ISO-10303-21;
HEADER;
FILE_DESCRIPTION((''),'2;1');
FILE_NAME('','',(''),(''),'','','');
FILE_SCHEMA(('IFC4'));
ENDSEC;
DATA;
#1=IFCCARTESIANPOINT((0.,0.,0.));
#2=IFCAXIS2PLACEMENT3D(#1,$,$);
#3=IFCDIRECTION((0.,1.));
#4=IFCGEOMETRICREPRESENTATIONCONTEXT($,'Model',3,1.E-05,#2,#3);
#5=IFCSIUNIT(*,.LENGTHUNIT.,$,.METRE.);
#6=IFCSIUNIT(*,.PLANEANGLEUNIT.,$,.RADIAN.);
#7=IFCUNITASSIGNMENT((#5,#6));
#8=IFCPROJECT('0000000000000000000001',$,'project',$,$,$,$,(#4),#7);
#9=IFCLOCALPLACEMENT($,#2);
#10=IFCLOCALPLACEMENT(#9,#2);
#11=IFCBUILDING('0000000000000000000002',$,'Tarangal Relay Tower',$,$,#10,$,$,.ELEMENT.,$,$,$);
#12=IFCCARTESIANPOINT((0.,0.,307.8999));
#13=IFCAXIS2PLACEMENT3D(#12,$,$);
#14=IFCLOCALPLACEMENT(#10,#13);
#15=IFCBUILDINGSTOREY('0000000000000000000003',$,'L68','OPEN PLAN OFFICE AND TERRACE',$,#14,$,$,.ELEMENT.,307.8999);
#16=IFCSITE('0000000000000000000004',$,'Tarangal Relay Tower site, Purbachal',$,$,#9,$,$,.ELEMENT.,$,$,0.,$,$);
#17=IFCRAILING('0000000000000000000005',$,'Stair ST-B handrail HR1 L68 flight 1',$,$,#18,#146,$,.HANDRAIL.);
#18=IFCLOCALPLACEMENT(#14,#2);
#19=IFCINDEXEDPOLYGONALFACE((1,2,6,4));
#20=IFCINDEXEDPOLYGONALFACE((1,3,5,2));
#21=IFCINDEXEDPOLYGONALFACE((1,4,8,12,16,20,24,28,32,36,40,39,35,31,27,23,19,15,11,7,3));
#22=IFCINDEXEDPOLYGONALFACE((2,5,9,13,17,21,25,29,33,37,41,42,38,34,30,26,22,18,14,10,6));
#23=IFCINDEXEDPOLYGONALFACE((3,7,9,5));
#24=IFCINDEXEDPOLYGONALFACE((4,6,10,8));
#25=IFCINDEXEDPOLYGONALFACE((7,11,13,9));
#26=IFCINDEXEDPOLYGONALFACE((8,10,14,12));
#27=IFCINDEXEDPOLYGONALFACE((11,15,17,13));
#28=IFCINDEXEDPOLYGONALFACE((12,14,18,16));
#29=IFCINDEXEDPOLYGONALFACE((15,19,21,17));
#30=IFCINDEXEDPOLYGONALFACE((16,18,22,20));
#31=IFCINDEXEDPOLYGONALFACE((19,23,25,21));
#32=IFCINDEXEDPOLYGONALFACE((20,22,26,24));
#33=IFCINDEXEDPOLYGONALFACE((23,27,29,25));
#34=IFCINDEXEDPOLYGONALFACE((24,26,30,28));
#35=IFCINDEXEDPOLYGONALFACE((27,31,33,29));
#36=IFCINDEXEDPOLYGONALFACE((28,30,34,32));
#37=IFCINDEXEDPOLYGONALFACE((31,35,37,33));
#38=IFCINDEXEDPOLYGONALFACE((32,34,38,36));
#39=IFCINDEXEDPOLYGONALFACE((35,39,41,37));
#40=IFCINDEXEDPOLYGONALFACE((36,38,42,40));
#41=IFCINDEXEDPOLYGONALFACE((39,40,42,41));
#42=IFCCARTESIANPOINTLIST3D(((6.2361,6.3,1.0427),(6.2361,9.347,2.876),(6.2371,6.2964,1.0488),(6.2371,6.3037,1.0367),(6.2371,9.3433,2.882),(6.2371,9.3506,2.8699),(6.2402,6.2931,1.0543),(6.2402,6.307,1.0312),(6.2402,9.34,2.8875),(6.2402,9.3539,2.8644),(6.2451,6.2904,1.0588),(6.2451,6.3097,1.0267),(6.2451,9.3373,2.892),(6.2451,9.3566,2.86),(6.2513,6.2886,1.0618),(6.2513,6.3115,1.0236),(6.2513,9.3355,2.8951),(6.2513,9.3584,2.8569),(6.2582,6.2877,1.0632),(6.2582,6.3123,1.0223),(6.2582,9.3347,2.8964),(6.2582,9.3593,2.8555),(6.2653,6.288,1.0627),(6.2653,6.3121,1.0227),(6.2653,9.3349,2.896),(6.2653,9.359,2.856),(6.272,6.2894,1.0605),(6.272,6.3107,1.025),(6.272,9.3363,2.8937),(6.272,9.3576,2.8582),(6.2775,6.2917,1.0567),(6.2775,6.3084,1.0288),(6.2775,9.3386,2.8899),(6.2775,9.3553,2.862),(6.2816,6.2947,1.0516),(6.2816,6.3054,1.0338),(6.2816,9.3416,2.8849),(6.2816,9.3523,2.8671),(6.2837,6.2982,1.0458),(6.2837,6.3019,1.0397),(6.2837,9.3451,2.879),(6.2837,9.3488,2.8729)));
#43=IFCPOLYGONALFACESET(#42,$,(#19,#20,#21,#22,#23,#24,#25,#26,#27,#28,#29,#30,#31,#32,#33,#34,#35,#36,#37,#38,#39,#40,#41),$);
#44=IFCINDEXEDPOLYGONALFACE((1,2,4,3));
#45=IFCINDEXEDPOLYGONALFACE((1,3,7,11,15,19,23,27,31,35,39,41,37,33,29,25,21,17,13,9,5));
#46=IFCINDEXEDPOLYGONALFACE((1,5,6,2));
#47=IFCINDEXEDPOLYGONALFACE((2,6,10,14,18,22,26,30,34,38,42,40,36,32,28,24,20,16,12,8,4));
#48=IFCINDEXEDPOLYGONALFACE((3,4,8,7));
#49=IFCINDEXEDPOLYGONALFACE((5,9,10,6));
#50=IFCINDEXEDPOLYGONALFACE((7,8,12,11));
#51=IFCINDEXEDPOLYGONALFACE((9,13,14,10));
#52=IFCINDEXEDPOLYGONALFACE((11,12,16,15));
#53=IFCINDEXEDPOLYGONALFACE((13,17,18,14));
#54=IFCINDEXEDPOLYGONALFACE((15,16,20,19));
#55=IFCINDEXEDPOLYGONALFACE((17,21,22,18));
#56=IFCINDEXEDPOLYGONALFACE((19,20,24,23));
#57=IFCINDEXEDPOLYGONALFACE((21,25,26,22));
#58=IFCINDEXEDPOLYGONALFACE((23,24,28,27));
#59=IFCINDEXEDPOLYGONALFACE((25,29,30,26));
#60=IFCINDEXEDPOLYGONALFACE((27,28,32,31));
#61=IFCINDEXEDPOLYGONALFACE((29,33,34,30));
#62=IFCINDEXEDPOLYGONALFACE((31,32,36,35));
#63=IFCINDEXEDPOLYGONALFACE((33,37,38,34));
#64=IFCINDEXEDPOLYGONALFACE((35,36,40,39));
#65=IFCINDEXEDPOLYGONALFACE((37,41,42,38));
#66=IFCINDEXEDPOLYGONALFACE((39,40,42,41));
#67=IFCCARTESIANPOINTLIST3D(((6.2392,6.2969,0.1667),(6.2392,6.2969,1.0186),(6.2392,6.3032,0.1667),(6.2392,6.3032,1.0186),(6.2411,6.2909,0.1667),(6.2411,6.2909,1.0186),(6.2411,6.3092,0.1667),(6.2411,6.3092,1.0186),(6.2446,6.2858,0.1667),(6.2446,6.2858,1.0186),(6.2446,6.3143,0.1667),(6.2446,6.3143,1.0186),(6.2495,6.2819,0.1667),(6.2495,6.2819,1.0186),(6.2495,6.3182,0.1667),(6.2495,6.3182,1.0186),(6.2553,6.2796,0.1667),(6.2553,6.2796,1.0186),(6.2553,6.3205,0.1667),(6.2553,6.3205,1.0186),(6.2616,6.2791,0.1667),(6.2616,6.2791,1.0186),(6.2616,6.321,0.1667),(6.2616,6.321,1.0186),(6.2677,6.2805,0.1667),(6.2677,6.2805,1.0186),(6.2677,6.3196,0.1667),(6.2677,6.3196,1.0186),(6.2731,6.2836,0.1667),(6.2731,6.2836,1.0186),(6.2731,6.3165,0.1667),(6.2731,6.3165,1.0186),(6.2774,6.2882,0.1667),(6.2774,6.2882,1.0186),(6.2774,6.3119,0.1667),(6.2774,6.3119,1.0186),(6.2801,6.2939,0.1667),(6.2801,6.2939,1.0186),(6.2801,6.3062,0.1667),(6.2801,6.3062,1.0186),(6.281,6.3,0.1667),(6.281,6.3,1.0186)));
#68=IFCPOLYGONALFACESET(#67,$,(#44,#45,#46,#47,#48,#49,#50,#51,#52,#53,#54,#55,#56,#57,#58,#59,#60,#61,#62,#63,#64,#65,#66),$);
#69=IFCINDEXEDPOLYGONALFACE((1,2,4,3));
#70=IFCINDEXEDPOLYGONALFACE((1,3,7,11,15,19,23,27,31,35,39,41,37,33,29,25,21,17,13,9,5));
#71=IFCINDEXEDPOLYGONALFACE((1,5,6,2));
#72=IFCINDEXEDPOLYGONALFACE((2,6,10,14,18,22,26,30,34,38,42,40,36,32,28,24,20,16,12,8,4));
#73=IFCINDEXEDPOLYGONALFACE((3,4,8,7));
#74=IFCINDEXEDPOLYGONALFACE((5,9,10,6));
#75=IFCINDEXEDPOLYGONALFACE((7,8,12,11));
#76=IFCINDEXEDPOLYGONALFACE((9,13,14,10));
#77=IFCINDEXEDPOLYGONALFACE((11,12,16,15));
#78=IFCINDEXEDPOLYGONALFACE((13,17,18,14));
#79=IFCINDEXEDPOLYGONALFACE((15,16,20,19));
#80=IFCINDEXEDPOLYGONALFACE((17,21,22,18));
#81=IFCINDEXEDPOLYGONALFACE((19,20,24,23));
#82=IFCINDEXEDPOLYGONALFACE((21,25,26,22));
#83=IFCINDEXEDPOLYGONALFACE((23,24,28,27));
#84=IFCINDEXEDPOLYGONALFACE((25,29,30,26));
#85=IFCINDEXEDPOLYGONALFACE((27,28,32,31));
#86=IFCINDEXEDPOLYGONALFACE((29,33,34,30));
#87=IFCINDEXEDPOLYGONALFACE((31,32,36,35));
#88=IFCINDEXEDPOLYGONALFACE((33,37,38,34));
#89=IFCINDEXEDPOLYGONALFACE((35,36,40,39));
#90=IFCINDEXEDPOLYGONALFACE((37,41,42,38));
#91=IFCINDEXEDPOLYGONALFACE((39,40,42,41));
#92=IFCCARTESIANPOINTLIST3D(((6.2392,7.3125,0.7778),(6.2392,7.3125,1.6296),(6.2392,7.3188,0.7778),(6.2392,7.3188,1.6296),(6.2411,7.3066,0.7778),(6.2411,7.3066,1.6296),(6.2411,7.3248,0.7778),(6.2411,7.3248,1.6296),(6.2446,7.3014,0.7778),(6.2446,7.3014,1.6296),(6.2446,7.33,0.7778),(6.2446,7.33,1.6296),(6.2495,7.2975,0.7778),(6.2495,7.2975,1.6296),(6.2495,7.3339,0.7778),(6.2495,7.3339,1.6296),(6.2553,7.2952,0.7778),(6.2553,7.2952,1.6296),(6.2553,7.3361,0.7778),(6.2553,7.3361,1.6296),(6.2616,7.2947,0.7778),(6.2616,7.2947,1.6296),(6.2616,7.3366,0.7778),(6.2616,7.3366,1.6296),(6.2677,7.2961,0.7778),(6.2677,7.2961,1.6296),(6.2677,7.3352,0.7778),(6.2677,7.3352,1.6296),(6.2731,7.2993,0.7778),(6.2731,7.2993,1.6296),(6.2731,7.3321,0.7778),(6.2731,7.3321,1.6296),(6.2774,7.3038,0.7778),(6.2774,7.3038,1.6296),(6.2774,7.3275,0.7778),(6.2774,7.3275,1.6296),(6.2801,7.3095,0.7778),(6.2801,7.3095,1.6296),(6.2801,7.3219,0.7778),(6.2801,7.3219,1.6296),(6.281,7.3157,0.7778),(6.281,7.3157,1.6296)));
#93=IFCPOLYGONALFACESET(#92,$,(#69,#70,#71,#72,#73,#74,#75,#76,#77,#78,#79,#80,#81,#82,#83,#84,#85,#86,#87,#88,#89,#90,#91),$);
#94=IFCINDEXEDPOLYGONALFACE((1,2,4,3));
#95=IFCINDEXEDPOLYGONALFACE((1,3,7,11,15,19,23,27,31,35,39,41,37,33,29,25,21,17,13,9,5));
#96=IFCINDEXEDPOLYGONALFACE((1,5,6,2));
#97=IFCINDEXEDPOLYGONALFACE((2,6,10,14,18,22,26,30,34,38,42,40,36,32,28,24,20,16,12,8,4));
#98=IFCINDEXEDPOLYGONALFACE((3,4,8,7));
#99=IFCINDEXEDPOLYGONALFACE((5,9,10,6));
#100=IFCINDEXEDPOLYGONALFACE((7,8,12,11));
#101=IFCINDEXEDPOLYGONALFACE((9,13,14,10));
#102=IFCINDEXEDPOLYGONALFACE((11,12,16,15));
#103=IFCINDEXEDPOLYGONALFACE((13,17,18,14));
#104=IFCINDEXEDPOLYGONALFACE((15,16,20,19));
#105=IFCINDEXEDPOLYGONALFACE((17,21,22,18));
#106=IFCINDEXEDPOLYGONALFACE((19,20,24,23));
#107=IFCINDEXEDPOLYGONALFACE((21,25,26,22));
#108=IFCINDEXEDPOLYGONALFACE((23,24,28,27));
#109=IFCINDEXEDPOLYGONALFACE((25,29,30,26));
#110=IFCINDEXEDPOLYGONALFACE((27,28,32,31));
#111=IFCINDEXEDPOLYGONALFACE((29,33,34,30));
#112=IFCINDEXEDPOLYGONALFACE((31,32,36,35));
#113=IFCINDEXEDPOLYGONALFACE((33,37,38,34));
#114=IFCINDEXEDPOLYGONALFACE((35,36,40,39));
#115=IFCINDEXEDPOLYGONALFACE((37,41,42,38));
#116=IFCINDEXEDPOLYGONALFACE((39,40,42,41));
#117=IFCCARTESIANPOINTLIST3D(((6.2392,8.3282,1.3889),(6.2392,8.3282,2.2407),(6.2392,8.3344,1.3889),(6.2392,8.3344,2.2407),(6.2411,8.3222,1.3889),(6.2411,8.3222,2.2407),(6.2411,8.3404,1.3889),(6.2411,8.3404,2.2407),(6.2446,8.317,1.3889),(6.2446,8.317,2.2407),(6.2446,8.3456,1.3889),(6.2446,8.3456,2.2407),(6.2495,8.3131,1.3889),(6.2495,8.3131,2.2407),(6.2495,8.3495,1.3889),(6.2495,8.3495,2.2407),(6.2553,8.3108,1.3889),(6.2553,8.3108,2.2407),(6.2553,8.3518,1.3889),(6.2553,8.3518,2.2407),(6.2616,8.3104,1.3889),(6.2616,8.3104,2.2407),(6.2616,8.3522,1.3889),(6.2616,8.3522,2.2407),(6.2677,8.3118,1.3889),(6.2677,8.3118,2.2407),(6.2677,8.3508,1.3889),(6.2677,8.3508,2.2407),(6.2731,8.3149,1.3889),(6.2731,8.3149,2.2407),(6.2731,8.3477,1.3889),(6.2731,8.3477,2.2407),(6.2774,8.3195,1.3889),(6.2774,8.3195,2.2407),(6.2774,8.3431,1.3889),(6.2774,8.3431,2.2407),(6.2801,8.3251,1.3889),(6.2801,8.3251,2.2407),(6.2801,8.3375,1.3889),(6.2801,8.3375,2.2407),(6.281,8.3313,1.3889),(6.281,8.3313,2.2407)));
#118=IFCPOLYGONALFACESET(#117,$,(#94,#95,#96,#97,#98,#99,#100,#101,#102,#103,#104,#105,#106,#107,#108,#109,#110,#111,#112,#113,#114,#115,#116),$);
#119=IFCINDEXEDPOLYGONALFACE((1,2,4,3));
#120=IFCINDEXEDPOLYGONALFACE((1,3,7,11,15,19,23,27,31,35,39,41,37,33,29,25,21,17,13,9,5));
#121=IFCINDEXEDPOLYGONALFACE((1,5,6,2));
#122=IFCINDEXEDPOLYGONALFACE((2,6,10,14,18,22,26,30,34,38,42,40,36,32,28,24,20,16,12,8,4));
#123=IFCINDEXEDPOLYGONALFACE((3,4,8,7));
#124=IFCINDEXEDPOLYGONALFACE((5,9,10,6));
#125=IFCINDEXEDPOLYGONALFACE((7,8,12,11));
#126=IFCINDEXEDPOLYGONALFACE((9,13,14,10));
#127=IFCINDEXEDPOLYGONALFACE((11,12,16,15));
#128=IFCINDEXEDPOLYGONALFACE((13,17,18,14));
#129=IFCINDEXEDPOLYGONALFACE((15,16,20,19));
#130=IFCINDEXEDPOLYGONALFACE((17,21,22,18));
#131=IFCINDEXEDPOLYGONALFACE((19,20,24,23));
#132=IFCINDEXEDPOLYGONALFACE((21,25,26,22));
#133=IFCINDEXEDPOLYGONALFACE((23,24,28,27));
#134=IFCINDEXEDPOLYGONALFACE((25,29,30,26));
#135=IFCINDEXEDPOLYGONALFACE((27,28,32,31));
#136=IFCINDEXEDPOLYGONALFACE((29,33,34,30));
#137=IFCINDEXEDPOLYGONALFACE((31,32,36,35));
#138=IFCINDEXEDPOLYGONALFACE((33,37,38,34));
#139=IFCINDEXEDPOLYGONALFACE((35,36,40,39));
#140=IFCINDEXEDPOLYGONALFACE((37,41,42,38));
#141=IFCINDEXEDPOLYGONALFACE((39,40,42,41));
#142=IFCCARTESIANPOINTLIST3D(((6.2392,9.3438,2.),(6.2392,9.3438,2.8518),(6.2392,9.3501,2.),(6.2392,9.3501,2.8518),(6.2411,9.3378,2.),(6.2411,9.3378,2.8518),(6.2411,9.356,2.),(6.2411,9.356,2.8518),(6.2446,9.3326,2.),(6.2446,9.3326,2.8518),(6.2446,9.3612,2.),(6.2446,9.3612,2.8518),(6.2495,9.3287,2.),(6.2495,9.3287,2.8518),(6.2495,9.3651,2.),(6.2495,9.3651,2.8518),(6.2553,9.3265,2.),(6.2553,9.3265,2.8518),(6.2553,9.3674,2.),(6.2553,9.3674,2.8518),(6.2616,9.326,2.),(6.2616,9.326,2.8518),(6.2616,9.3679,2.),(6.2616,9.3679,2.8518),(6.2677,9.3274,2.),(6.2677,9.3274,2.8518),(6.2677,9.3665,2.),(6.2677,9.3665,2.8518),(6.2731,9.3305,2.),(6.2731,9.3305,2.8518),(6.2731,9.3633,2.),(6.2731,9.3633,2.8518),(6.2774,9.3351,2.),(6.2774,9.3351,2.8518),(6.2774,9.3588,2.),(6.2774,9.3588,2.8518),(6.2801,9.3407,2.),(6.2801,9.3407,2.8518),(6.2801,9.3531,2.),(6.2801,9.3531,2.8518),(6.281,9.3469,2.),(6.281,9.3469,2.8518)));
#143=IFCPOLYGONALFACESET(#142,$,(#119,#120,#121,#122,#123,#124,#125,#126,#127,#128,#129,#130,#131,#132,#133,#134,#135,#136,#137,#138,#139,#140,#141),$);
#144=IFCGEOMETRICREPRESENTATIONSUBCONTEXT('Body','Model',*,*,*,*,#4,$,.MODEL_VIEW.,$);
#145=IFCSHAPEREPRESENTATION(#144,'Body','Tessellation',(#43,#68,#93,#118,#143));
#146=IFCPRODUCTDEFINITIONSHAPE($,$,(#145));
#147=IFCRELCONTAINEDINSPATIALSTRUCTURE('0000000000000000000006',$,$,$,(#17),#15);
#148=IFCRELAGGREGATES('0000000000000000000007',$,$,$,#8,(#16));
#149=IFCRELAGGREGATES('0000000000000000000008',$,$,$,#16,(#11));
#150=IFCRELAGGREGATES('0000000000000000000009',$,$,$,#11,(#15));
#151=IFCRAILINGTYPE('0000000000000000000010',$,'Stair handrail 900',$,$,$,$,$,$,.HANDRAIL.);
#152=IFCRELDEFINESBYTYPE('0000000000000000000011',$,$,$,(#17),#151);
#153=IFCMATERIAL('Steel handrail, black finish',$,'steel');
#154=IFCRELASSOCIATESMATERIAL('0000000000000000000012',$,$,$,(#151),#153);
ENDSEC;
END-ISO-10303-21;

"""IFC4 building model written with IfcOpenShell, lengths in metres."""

from ifc_helpers import new_model, si_unit, direction, frame, origin, origin_2d, place, context, subcontext, project, spatial, circle, extrude, material, type_object, element, save


model = new_model("IFC4")

# Units and contexts
model_context = context("Model", 3, precision=1e-05, world=origin(), true_north=direction((0.0, 1.0)))
body_context = subcontext(model_context, "Body", "Model", "MODEL_VIEW")
ifc_project = project(units=[si_unit("LENGTHUNIT", "METRE"), si_unit("PLANEANGLEUNIT", "RADIAN")], contexts=[model_context])

# Site, building, storey
site_placement = place(None, origin())
site = spatial("IfcSite", under=ifc_project, at=site_placement, Name="Tarangal Relay Tower site, Purbachal", CompositionType="ELEMENT", RefElevation=0.0)
building_placement = place(site_placement, origin())
building = spatial("IfcBuilding", under=site, at=building_placement, Name="Tarangal Relay Tower", CompositionType="ELEMENT")
storey_placement = place(building_placement, frame((0.0, 0.0, 307.8999)))
storey = spatial("IfcBuildingStorey", under=building, at=storey_placement, Name="L68", Description="OPEN PLAN OFFICE AND TERRACE", CompositionType="ELEMENT", Elevation=307.8999)

# Railing
ifc_material_1 = material(Name="Steel handrail, black finish", Category="steel")
railing_type_1 = type_object("IfcRailingType", Name="Stair handrail 900", PredefinedType="HANDRAIL", material=ifc_material_1)
railing_1_placement = place(storey_placement, frame((6.26, 6.3, 0.1667)))
element("IfcRailing", 1, at=railing_1_placement, inside=storey, type_object=railing_type_1, Name="Stair ST-B handrail HR1 L68 flight 1", PredefinedType="HANDRAIL", context=body_context, shape_type="SweptSolid", body=[
    extrude(circle(Radius=0.0239, at=origin_2d()), frame((0.0, 0.0, 0.876), z_axis=(0.0, 0.856856, 0.515556), x_axis=(-1.0, 0.0, 0.0)), (0.0, 0.0, 1.0), 3.5559),
    extrude(circle(Radius=0.021, at=origin_2d()), origin(), (0.0, 0.0, 1.0), 0.8518),
    extrude(circle(Radius=0.021, at=origin_2d()), frame((0.0, 1.0156, 0.6111)), (0.0, 0.0, 1.0), 0.8518),
    extrude(circle(Radius=0.021, at=origin_2d()), frame((0.0, 2.0312, 1.2222)), (0.0, 0.0, 1.0), 0.8518),
    extrude(circle(Radius=0.021, at=origin_2d()), frame((0.0, 3.0469, 1.8333)), (0.0, 0.0, 1.0), 0.8518),
])

save(model, "model.ifc")
